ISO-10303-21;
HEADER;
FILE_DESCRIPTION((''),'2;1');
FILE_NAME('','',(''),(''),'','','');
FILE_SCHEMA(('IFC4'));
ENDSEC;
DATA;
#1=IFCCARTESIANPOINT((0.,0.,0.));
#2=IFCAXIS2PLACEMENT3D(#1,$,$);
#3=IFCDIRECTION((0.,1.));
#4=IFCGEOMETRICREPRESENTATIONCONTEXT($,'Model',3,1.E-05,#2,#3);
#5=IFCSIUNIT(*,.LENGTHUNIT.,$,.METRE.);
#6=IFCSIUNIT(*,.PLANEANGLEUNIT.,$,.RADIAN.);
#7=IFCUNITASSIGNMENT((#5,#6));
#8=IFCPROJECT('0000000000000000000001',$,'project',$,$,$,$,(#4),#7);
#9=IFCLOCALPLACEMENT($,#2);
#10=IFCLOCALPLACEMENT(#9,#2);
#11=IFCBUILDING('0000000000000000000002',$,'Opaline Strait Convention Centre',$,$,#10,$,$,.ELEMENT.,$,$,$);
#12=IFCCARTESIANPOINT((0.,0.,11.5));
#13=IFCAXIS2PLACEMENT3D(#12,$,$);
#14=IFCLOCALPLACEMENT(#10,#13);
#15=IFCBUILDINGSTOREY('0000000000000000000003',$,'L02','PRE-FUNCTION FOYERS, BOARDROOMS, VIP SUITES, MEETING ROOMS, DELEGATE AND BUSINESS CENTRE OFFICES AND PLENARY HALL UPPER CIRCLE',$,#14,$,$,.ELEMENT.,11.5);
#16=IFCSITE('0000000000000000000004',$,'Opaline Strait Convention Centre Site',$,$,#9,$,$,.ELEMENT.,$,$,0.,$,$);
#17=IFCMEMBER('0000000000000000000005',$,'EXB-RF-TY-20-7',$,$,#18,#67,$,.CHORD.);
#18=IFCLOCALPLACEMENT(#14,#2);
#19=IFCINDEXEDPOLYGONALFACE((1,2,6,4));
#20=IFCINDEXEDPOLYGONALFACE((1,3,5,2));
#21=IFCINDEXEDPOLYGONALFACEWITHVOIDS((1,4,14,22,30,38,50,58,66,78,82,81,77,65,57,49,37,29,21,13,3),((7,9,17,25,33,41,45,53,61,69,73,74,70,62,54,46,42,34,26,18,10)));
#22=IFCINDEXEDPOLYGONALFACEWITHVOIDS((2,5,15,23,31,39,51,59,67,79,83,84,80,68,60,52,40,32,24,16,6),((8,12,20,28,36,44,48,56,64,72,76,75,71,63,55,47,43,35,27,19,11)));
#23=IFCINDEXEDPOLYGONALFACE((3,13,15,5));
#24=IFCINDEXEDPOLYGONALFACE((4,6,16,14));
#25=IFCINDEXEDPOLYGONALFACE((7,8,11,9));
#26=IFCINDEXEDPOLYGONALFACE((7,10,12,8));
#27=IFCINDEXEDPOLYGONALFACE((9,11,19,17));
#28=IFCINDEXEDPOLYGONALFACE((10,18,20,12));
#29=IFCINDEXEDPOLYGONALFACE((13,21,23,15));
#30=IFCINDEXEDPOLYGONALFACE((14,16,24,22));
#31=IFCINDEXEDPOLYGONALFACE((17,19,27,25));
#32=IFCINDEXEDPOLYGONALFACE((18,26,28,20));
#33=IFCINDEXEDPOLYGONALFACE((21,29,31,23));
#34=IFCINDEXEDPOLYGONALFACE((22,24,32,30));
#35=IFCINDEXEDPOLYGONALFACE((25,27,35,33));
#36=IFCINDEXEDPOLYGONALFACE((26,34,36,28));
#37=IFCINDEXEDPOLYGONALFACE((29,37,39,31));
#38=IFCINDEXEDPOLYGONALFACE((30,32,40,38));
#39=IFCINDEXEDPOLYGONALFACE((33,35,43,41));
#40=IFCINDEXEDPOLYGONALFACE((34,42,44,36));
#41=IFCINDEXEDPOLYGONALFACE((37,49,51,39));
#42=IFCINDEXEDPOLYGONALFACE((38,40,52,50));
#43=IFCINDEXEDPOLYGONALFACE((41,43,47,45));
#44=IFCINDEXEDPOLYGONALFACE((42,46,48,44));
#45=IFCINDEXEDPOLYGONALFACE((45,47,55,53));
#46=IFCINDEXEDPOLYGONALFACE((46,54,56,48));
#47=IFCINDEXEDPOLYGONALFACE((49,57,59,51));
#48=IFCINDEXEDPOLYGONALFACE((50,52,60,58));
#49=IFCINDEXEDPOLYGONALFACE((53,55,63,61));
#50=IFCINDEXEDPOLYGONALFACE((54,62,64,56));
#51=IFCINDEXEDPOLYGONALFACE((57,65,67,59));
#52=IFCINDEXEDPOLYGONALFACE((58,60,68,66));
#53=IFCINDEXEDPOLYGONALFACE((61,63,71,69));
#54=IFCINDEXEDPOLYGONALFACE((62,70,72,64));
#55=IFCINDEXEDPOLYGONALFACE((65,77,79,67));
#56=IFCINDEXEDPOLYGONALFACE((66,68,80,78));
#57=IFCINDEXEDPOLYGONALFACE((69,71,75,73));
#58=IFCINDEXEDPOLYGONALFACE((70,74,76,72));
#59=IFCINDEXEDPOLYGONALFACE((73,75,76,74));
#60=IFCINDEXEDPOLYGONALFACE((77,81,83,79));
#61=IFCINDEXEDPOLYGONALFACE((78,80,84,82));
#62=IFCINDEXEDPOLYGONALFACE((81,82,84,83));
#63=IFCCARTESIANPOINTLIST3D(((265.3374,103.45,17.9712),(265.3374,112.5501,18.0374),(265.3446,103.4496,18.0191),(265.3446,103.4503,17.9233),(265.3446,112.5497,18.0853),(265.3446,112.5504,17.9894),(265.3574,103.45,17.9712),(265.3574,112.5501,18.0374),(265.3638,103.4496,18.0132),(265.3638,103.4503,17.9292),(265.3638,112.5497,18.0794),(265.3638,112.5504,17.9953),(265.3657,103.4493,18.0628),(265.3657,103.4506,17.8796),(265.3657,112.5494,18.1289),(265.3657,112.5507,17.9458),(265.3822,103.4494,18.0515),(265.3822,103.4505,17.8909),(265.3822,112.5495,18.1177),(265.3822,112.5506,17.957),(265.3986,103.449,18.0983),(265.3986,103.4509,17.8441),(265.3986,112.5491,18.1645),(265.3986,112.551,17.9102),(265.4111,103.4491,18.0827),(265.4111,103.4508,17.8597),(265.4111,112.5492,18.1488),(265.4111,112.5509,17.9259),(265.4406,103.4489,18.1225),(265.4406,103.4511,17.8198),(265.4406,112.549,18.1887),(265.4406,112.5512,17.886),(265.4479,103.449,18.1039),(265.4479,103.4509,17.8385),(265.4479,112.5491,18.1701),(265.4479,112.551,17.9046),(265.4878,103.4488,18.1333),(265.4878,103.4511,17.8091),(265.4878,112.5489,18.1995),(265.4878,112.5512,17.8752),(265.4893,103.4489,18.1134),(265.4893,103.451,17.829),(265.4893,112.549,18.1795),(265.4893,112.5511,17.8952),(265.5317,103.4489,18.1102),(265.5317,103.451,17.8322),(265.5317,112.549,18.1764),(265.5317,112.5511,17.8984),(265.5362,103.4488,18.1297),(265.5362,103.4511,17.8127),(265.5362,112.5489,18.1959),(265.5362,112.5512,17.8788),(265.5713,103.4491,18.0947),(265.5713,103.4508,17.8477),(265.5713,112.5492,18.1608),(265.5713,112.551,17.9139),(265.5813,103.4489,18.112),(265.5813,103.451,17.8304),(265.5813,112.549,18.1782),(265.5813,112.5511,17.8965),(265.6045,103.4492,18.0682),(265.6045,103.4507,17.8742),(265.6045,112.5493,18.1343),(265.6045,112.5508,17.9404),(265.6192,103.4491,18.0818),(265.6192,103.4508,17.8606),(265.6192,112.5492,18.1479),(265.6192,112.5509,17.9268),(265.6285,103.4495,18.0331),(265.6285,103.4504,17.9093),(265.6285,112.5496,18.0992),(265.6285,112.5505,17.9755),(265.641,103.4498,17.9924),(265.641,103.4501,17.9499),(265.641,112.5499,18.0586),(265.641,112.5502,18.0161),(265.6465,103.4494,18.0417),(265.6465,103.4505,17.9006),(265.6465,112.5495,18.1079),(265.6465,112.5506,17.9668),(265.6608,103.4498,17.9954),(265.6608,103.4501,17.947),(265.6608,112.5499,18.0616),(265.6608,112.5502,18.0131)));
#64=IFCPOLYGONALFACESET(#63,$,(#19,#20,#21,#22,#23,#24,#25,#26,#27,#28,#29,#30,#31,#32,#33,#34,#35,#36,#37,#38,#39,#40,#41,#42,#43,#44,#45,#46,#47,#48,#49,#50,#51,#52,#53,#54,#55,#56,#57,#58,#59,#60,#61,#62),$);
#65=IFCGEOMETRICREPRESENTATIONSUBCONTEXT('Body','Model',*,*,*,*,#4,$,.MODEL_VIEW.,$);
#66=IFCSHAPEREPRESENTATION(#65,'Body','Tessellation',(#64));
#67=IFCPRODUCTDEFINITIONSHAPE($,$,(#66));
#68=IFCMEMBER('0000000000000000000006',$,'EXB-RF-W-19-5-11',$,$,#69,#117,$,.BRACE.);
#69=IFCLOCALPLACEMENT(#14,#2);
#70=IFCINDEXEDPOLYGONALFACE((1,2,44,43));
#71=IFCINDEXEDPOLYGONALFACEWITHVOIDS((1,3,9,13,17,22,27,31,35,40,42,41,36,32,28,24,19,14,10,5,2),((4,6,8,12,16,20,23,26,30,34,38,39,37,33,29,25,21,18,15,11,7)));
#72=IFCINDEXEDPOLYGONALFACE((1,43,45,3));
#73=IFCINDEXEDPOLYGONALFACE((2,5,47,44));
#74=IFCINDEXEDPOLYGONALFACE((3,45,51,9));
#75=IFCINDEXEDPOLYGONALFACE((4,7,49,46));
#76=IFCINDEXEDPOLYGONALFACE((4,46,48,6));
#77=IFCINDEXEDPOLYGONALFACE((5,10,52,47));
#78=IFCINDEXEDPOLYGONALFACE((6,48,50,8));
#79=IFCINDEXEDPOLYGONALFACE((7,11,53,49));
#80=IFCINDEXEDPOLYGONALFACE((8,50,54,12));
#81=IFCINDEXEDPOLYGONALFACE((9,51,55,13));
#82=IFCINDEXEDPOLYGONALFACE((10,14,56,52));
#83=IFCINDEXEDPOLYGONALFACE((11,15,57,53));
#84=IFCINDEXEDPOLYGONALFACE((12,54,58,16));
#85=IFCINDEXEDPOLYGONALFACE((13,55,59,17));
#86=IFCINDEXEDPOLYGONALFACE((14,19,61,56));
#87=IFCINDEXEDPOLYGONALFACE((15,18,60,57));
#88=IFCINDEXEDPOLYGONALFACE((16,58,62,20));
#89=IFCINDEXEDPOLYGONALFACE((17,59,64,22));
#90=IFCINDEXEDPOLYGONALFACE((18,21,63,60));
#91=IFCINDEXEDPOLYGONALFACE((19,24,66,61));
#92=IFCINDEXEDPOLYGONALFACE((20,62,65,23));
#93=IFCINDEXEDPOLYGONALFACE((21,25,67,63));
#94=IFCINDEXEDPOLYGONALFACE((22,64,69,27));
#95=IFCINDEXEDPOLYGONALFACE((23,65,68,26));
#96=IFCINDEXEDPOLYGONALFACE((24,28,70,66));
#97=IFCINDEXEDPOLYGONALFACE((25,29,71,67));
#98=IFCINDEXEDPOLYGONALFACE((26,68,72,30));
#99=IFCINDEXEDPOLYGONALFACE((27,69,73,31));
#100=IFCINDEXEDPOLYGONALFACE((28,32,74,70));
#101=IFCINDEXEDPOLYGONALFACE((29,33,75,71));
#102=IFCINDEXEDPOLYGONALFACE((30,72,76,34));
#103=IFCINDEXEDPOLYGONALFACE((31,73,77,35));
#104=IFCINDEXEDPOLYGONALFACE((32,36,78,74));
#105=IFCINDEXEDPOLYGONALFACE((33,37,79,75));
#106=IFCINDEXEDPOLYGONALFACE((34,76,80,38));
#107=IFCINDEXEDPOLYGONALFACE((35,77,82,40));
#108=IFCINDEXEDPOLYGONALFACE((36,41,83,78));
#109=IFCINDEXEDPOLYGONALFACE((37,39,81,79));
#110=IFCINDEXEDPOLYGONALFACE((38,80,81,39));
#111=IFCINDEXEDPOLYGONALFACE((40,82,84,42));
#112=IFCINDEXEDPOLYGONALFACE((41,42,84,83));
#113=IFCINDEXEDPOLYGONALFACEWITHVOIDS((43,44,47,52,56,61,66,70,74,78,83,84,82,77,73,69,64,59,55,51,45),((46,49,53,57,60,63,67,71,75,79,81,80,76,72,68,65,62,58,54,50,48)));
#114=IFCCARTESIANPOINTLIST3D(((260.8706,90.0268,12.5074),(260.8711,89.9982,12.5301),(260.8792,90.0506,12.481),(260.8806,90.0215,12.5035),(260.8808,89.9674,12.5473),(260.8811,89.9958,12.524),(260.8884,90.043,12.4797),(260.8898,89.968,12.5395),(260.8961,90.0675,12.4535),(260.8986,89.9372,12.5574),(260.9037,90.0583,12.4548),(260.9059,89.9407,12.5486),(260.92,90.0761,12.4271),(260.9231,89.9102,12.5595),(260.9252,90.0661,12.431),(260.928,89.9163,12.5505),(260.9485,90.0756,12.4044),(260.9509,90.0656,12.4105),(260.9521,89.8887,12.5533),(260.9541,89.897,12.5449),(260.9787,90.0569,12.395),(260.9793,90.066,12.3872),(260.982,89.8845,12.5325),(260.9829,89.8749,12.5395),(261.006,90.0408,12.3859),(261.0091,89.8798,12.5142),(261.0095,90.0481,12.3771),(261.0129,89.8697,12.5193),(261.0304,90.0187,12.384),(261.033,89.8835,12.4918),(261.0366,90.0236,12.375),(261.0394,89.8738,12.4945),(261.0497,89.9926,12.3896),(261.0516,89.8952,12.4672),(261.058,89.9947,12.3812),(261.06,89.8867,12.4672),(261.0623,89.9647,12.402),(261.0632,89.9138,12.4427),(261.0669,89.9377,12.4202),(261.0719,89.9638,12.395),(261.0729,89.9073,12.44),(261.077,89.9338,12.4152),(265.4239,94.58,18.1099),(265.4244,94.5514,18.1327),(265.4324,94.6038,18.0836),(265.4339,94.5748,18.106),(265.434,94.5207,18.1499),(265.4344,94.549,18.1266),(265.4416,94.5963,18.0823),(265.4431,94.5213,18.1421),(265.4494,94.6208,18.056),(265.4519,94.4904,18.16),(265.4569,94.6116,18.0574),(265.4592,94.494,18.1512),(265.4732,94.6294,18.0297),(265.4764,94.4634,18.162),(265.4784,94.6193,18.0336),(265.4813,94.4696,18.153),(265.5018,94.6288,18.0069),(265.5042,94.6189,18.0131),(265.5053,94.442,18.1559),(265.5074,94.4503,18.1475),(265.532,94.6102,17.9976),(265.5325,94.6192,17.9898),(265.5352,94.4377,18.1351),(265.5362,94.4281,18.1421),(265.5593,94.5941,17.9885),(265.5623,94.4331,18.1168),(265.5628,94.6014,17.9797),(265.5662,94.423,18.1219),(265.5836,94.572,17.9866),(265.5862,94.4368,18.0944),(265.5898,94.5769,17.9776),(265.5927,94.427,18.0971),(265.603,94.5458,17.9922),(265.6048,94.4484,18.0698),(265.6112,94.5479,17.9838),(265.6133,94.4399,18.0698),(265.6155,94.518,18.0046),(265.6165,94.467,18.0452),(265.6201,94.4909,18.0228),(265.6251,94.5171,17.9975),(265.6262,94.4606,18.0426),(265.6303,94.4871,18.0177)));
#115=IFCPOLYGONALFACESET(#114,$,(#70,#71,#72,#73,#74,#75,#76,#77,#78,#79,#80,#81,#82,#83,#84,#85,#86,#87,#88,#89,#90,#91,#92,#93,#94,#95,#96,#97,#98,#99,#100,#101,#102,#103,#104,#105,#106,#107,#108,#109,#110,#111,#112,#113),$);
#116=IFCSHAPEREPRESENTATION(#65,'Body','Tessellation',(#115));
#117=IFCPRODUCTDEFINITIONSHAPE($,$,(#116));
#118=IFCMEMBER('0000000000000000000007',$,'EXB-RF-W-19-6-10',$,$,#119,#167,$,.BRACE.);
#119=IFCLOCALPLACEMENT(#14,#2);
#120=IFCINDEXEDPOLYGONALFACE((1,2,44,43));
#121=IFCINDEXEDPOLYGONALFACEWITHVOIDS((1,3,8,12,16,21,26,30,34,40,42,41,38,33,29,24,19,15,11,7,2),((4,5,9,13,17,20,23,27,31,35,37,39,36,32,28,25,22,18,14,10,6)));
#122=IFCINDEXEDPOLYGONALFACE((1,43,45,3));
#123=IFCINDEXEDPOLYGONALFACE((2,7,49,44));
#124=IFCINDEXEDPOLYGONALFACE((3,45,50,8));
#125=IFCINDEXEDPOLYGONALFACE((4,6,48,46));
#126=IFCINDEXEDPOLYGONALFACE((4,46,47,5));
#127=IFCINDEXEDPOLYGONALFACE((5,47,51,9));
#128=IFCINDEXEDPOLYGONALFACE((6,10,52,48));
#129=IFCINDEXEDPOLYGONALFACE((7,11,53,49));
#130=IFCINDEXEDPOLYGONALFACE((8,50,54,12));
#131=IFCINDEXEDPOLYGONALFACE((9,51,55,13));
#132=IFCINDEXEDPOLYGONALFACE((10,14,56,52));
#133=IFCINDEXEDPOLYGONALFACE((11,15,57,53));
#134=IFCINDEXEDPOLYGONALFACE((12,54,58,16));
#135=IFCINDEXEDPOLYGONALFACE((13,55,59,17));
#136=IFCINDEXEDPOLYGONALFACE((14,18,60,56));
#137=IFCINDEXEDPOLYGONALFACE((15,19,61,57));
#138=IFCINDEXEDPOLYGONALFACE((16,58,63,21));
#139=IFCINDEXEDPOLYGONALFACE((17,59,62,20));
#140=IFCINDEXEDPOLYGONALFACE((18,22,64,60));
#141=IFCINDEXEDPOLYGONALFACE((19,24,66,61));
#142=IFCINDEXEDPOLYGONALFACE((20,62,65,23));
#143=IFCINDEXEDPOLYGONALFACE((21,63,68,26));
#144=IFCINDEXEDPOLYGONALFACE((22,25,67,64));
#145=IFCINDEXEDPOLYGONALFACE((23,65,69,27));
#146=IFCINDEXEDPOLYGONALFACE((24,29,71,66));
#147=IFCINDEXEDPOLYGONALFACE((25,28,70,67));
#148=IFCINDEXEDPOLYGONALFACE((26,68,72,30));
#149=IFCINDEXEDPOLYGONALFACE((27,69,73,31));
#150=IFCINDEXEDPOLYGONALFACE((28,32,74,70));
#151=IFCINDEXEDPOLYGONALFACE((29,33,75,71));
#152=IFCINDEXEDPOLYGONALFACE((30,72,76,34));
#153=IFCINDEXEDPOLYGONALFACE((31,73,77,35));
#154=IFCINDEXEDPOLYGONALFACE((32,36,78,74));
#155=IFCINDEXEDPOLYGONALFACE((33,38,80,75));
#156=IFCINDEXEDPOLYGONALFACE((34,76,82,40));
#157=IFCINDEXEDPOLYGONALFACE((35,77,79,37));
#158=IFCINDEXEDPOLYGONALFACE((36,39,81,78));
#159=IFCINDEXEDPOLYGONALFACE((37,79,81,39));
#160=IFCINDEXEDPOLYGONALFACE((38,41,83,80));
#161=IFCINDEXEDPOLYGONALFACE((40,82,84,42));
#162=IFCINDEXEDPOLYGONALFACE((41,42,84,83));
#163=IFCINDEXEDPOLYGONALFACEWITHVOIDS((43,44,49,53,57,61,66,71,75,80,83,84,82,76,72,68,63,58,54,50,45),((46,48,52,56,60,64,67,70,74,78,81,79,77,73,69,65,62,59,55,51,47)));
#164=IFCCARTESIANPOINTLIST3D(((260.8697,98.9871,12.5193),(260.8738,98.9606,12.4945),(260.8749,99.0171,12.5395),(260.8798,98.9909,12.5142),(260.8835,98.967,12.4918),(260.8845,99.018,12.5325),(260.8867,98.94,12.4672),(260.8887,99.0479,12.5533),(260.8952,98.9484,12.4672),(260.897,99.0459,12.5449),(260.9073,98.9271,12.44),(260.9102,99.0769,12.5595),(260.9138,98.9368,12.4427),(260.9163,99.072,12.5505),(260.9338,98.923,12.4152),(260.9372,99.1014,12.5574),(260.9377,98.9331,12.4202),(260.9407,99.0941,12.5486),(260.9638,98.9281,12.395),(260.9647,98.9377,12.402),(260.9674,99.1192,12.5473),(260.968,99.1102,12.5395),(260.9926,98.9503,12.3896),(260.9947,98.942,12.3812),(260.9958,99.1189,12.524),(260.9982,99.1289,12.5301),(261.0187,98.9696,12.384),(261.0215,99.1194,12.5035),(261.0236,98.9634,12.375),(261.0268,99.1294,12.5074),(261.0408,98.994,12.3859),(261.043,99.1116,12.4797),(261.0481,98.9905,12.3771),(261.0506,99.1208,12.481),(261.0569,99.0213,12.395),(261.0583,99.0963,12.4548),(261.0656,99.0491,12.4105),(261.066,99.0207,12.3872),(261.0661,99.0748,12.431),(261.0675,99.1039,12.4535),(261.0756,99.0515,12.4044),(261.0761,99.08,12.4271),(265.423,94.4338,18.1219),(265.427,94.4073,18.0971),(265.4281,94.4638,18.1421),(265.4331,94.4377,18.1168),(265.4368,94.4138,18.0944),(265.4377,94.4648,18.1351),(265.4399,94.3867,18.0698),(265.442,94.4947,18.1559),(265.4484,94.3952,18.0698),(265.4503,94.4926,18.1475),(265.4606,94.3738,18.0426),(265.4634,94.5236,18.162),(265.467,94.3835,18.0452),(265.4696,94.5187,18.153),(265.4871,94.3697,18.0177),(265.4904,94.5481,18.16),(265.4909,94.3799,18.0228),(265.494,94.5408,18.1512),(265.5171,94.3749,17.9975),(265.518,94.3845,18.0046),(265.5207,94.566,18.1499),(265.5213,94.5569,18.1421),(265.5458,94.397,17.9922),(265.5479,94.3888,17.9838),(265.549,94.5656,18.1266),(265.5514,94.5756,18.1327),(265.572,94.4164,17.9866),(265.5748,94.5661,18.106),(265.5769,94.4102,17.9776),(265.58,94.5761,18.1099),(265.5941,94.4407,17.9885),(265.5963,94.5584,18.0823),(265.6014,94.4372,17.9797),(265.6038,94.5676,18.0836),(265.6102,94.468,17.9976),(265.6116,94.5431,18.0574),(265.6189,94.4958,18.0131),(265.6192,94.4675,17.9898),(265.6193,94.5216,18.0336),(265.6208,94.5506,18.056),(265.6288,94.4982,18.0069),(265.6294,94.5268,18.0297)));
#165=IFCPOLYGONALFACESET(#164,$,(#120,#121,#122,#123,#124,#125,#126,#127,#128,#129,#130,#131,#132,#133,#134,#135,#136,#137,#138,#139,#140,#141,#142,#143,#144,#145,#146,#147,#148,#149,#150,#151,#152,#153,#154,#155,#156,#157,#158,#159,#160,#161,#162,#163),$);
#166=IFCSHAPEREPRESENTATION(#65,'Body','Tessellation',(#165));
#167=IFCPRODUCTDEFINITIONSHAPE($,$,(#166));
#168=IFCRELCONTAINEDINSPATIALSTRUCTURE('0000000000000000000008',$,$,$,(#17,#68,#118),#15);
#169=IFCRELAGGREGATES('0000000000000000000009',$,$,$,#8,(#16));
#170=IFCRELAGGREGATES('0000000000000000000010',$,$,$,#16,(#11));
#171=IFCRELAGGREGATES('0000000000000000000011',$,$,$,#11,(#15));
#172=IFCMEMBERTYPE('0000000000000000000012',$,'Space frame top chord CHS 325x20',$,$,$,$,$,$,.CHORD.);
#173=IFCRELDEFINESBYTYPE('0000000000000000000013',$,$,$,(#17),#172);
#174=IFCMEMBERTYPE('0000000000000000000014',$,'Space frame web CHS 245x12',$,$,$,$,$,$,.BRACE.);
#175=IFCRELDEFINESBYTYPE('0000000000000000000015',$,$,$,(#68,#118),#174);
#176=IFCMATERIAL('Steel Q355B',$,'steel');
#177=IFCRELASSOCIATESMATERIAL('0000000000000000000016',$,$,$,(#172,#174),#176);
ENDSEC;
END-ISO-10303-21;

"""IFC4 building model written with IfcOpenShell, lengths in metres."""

from ifc_helpers import new_model, si_unit, direction, frame, origin, origin_2d, place, context, subcontext, project, spatial, hollow_circle, extrude, material, material_profile, profile_set, type_object, element, save


model = new_model("IFC4")

# Units and contexts
model_context = context("Model", 3, precision=1e-05, world=origin(), true_north=direction((0.0, 1.0)))
body_context = subcontext(model_context, "Body", "Model", "MODEL_VIEW")
ifc_project = project(units=[si_unit("LENGTHUNIT", "METRE"), si_unit("PLANEANGLEUNIT", "RADIAN")], contexts=[model_context])

# Site, building, storey
site_placement = place(None, origin())
site = spatial("IfcSite", under=ifc_project, at=site_placement, Name="Opaline Strait Convention Centre Site", CompositionType="ELEMENT", RefElevation=0.0)
building_placement = place(site_placement, origin())
building = spatial("IfcBuilding", under=site, at=building_placement, Name="Opaline Strait Convention Centre", CompositionType="ELEMENT")
storey_placement = place(building_placement, frame((0.0, 0.0, 11.5)))
storey = spatial("IfcBuildingStorey", under=building, at=storey_placement, Name="L02", Description="PRE-FUNCTION FOYERS, BOARDROOMS, VIP SUITES, MEETING ROOMS, DELEGATE AND BUSINESS CENTRE OFFICES AND PLENARY HALL UPPER CIRCLE", CompositionType="ELEMENT", Elevation=11.5)

# Members
ifc_material_1 = material(Name="Steel Q355B", Category="steel")
ifc_material_profile_1 = material_profile(ifc_material_1, hollow_circle(Radius=0.1626, WallThickness=0.02, at=origin_2d()), Name="CHS 325x20")
ifc_profile_set_1 = profile_set([ifc_material_profile_1], Name="Steel Q355B")
member_type_1 = type_object("IfcMemberType", Name="Space frame top chord CHS 325x20", PredefinedType="CHORD", material=ifc_profile_set_1)
for number, where, z_axis, x_axis, name in (
    (1, (265.5, 103.45, 17.9712), (0.0, 0.999974, 0.00727), (-1.0, 0.0, 0.0), "EXB-RF-TY-20-7"),
):
    element("IfcMember", number, at=place(storey_placement, frame(where, z_axis=z_axis, x_axis=x_axis)), inside=storey, type_object=member_type_1, Name=name, PredefinedType="CHORD", context=body_context, shape_type="SweptSolid", body=[
        extrude(hollow_circle(Radius=0.1626, WallThickness=0.02, at=origin_2d()), origin(), (0.0, 0.0, 1.0), 9.1003),
    ])
ifc_material_profile_2 = material_profile(ifc_material_1, hollow_circle(Radius=0.1226, WallThickness=0.012, at=origin_2d()), Name="CHS 245x12")
ifc_profile_set_2 = profile_set([ifc_material_profile_2], Name="Steel Q355B")
member_type_2 = type_object("IfcMemberType", Name="Space frame web CHS 245x12", PredefinedType="BRACE", material=ifc_profile_set_2)
for number, where, z_axis, x_axis, name in (
    (2, (265.5266, 94.5266, 18.0698), (-0.533455, -0.533455, -0.656393), (0.707107, -0.707107, 0.0), "EXB-RF-W-19-5-11"),
    (3, (265.5266, 94.4734, 18.0698), (-0.533455, 0.533455, -0.656393), (-0.707107, -0.707107, 0.0), "EXB-RF-W-19-6-10"),
):
    element("IfcMember", number, at=place(storey_placement, frame(where, z_axis=z_axis, x_axis=x_axis)), inside=storey, type_object=member_type_2, Name=name, PredefinedType="BRACE", context=body_context, shape_type="SweptSolid", body=[
        extrude(hollow_circle(Radius=0.1226, WallThickness=0.012, at=origin_2d()), origin(), (0.0, 0.0, 1.0), 8.5354),
    ])

save(model, "model.ifc")
